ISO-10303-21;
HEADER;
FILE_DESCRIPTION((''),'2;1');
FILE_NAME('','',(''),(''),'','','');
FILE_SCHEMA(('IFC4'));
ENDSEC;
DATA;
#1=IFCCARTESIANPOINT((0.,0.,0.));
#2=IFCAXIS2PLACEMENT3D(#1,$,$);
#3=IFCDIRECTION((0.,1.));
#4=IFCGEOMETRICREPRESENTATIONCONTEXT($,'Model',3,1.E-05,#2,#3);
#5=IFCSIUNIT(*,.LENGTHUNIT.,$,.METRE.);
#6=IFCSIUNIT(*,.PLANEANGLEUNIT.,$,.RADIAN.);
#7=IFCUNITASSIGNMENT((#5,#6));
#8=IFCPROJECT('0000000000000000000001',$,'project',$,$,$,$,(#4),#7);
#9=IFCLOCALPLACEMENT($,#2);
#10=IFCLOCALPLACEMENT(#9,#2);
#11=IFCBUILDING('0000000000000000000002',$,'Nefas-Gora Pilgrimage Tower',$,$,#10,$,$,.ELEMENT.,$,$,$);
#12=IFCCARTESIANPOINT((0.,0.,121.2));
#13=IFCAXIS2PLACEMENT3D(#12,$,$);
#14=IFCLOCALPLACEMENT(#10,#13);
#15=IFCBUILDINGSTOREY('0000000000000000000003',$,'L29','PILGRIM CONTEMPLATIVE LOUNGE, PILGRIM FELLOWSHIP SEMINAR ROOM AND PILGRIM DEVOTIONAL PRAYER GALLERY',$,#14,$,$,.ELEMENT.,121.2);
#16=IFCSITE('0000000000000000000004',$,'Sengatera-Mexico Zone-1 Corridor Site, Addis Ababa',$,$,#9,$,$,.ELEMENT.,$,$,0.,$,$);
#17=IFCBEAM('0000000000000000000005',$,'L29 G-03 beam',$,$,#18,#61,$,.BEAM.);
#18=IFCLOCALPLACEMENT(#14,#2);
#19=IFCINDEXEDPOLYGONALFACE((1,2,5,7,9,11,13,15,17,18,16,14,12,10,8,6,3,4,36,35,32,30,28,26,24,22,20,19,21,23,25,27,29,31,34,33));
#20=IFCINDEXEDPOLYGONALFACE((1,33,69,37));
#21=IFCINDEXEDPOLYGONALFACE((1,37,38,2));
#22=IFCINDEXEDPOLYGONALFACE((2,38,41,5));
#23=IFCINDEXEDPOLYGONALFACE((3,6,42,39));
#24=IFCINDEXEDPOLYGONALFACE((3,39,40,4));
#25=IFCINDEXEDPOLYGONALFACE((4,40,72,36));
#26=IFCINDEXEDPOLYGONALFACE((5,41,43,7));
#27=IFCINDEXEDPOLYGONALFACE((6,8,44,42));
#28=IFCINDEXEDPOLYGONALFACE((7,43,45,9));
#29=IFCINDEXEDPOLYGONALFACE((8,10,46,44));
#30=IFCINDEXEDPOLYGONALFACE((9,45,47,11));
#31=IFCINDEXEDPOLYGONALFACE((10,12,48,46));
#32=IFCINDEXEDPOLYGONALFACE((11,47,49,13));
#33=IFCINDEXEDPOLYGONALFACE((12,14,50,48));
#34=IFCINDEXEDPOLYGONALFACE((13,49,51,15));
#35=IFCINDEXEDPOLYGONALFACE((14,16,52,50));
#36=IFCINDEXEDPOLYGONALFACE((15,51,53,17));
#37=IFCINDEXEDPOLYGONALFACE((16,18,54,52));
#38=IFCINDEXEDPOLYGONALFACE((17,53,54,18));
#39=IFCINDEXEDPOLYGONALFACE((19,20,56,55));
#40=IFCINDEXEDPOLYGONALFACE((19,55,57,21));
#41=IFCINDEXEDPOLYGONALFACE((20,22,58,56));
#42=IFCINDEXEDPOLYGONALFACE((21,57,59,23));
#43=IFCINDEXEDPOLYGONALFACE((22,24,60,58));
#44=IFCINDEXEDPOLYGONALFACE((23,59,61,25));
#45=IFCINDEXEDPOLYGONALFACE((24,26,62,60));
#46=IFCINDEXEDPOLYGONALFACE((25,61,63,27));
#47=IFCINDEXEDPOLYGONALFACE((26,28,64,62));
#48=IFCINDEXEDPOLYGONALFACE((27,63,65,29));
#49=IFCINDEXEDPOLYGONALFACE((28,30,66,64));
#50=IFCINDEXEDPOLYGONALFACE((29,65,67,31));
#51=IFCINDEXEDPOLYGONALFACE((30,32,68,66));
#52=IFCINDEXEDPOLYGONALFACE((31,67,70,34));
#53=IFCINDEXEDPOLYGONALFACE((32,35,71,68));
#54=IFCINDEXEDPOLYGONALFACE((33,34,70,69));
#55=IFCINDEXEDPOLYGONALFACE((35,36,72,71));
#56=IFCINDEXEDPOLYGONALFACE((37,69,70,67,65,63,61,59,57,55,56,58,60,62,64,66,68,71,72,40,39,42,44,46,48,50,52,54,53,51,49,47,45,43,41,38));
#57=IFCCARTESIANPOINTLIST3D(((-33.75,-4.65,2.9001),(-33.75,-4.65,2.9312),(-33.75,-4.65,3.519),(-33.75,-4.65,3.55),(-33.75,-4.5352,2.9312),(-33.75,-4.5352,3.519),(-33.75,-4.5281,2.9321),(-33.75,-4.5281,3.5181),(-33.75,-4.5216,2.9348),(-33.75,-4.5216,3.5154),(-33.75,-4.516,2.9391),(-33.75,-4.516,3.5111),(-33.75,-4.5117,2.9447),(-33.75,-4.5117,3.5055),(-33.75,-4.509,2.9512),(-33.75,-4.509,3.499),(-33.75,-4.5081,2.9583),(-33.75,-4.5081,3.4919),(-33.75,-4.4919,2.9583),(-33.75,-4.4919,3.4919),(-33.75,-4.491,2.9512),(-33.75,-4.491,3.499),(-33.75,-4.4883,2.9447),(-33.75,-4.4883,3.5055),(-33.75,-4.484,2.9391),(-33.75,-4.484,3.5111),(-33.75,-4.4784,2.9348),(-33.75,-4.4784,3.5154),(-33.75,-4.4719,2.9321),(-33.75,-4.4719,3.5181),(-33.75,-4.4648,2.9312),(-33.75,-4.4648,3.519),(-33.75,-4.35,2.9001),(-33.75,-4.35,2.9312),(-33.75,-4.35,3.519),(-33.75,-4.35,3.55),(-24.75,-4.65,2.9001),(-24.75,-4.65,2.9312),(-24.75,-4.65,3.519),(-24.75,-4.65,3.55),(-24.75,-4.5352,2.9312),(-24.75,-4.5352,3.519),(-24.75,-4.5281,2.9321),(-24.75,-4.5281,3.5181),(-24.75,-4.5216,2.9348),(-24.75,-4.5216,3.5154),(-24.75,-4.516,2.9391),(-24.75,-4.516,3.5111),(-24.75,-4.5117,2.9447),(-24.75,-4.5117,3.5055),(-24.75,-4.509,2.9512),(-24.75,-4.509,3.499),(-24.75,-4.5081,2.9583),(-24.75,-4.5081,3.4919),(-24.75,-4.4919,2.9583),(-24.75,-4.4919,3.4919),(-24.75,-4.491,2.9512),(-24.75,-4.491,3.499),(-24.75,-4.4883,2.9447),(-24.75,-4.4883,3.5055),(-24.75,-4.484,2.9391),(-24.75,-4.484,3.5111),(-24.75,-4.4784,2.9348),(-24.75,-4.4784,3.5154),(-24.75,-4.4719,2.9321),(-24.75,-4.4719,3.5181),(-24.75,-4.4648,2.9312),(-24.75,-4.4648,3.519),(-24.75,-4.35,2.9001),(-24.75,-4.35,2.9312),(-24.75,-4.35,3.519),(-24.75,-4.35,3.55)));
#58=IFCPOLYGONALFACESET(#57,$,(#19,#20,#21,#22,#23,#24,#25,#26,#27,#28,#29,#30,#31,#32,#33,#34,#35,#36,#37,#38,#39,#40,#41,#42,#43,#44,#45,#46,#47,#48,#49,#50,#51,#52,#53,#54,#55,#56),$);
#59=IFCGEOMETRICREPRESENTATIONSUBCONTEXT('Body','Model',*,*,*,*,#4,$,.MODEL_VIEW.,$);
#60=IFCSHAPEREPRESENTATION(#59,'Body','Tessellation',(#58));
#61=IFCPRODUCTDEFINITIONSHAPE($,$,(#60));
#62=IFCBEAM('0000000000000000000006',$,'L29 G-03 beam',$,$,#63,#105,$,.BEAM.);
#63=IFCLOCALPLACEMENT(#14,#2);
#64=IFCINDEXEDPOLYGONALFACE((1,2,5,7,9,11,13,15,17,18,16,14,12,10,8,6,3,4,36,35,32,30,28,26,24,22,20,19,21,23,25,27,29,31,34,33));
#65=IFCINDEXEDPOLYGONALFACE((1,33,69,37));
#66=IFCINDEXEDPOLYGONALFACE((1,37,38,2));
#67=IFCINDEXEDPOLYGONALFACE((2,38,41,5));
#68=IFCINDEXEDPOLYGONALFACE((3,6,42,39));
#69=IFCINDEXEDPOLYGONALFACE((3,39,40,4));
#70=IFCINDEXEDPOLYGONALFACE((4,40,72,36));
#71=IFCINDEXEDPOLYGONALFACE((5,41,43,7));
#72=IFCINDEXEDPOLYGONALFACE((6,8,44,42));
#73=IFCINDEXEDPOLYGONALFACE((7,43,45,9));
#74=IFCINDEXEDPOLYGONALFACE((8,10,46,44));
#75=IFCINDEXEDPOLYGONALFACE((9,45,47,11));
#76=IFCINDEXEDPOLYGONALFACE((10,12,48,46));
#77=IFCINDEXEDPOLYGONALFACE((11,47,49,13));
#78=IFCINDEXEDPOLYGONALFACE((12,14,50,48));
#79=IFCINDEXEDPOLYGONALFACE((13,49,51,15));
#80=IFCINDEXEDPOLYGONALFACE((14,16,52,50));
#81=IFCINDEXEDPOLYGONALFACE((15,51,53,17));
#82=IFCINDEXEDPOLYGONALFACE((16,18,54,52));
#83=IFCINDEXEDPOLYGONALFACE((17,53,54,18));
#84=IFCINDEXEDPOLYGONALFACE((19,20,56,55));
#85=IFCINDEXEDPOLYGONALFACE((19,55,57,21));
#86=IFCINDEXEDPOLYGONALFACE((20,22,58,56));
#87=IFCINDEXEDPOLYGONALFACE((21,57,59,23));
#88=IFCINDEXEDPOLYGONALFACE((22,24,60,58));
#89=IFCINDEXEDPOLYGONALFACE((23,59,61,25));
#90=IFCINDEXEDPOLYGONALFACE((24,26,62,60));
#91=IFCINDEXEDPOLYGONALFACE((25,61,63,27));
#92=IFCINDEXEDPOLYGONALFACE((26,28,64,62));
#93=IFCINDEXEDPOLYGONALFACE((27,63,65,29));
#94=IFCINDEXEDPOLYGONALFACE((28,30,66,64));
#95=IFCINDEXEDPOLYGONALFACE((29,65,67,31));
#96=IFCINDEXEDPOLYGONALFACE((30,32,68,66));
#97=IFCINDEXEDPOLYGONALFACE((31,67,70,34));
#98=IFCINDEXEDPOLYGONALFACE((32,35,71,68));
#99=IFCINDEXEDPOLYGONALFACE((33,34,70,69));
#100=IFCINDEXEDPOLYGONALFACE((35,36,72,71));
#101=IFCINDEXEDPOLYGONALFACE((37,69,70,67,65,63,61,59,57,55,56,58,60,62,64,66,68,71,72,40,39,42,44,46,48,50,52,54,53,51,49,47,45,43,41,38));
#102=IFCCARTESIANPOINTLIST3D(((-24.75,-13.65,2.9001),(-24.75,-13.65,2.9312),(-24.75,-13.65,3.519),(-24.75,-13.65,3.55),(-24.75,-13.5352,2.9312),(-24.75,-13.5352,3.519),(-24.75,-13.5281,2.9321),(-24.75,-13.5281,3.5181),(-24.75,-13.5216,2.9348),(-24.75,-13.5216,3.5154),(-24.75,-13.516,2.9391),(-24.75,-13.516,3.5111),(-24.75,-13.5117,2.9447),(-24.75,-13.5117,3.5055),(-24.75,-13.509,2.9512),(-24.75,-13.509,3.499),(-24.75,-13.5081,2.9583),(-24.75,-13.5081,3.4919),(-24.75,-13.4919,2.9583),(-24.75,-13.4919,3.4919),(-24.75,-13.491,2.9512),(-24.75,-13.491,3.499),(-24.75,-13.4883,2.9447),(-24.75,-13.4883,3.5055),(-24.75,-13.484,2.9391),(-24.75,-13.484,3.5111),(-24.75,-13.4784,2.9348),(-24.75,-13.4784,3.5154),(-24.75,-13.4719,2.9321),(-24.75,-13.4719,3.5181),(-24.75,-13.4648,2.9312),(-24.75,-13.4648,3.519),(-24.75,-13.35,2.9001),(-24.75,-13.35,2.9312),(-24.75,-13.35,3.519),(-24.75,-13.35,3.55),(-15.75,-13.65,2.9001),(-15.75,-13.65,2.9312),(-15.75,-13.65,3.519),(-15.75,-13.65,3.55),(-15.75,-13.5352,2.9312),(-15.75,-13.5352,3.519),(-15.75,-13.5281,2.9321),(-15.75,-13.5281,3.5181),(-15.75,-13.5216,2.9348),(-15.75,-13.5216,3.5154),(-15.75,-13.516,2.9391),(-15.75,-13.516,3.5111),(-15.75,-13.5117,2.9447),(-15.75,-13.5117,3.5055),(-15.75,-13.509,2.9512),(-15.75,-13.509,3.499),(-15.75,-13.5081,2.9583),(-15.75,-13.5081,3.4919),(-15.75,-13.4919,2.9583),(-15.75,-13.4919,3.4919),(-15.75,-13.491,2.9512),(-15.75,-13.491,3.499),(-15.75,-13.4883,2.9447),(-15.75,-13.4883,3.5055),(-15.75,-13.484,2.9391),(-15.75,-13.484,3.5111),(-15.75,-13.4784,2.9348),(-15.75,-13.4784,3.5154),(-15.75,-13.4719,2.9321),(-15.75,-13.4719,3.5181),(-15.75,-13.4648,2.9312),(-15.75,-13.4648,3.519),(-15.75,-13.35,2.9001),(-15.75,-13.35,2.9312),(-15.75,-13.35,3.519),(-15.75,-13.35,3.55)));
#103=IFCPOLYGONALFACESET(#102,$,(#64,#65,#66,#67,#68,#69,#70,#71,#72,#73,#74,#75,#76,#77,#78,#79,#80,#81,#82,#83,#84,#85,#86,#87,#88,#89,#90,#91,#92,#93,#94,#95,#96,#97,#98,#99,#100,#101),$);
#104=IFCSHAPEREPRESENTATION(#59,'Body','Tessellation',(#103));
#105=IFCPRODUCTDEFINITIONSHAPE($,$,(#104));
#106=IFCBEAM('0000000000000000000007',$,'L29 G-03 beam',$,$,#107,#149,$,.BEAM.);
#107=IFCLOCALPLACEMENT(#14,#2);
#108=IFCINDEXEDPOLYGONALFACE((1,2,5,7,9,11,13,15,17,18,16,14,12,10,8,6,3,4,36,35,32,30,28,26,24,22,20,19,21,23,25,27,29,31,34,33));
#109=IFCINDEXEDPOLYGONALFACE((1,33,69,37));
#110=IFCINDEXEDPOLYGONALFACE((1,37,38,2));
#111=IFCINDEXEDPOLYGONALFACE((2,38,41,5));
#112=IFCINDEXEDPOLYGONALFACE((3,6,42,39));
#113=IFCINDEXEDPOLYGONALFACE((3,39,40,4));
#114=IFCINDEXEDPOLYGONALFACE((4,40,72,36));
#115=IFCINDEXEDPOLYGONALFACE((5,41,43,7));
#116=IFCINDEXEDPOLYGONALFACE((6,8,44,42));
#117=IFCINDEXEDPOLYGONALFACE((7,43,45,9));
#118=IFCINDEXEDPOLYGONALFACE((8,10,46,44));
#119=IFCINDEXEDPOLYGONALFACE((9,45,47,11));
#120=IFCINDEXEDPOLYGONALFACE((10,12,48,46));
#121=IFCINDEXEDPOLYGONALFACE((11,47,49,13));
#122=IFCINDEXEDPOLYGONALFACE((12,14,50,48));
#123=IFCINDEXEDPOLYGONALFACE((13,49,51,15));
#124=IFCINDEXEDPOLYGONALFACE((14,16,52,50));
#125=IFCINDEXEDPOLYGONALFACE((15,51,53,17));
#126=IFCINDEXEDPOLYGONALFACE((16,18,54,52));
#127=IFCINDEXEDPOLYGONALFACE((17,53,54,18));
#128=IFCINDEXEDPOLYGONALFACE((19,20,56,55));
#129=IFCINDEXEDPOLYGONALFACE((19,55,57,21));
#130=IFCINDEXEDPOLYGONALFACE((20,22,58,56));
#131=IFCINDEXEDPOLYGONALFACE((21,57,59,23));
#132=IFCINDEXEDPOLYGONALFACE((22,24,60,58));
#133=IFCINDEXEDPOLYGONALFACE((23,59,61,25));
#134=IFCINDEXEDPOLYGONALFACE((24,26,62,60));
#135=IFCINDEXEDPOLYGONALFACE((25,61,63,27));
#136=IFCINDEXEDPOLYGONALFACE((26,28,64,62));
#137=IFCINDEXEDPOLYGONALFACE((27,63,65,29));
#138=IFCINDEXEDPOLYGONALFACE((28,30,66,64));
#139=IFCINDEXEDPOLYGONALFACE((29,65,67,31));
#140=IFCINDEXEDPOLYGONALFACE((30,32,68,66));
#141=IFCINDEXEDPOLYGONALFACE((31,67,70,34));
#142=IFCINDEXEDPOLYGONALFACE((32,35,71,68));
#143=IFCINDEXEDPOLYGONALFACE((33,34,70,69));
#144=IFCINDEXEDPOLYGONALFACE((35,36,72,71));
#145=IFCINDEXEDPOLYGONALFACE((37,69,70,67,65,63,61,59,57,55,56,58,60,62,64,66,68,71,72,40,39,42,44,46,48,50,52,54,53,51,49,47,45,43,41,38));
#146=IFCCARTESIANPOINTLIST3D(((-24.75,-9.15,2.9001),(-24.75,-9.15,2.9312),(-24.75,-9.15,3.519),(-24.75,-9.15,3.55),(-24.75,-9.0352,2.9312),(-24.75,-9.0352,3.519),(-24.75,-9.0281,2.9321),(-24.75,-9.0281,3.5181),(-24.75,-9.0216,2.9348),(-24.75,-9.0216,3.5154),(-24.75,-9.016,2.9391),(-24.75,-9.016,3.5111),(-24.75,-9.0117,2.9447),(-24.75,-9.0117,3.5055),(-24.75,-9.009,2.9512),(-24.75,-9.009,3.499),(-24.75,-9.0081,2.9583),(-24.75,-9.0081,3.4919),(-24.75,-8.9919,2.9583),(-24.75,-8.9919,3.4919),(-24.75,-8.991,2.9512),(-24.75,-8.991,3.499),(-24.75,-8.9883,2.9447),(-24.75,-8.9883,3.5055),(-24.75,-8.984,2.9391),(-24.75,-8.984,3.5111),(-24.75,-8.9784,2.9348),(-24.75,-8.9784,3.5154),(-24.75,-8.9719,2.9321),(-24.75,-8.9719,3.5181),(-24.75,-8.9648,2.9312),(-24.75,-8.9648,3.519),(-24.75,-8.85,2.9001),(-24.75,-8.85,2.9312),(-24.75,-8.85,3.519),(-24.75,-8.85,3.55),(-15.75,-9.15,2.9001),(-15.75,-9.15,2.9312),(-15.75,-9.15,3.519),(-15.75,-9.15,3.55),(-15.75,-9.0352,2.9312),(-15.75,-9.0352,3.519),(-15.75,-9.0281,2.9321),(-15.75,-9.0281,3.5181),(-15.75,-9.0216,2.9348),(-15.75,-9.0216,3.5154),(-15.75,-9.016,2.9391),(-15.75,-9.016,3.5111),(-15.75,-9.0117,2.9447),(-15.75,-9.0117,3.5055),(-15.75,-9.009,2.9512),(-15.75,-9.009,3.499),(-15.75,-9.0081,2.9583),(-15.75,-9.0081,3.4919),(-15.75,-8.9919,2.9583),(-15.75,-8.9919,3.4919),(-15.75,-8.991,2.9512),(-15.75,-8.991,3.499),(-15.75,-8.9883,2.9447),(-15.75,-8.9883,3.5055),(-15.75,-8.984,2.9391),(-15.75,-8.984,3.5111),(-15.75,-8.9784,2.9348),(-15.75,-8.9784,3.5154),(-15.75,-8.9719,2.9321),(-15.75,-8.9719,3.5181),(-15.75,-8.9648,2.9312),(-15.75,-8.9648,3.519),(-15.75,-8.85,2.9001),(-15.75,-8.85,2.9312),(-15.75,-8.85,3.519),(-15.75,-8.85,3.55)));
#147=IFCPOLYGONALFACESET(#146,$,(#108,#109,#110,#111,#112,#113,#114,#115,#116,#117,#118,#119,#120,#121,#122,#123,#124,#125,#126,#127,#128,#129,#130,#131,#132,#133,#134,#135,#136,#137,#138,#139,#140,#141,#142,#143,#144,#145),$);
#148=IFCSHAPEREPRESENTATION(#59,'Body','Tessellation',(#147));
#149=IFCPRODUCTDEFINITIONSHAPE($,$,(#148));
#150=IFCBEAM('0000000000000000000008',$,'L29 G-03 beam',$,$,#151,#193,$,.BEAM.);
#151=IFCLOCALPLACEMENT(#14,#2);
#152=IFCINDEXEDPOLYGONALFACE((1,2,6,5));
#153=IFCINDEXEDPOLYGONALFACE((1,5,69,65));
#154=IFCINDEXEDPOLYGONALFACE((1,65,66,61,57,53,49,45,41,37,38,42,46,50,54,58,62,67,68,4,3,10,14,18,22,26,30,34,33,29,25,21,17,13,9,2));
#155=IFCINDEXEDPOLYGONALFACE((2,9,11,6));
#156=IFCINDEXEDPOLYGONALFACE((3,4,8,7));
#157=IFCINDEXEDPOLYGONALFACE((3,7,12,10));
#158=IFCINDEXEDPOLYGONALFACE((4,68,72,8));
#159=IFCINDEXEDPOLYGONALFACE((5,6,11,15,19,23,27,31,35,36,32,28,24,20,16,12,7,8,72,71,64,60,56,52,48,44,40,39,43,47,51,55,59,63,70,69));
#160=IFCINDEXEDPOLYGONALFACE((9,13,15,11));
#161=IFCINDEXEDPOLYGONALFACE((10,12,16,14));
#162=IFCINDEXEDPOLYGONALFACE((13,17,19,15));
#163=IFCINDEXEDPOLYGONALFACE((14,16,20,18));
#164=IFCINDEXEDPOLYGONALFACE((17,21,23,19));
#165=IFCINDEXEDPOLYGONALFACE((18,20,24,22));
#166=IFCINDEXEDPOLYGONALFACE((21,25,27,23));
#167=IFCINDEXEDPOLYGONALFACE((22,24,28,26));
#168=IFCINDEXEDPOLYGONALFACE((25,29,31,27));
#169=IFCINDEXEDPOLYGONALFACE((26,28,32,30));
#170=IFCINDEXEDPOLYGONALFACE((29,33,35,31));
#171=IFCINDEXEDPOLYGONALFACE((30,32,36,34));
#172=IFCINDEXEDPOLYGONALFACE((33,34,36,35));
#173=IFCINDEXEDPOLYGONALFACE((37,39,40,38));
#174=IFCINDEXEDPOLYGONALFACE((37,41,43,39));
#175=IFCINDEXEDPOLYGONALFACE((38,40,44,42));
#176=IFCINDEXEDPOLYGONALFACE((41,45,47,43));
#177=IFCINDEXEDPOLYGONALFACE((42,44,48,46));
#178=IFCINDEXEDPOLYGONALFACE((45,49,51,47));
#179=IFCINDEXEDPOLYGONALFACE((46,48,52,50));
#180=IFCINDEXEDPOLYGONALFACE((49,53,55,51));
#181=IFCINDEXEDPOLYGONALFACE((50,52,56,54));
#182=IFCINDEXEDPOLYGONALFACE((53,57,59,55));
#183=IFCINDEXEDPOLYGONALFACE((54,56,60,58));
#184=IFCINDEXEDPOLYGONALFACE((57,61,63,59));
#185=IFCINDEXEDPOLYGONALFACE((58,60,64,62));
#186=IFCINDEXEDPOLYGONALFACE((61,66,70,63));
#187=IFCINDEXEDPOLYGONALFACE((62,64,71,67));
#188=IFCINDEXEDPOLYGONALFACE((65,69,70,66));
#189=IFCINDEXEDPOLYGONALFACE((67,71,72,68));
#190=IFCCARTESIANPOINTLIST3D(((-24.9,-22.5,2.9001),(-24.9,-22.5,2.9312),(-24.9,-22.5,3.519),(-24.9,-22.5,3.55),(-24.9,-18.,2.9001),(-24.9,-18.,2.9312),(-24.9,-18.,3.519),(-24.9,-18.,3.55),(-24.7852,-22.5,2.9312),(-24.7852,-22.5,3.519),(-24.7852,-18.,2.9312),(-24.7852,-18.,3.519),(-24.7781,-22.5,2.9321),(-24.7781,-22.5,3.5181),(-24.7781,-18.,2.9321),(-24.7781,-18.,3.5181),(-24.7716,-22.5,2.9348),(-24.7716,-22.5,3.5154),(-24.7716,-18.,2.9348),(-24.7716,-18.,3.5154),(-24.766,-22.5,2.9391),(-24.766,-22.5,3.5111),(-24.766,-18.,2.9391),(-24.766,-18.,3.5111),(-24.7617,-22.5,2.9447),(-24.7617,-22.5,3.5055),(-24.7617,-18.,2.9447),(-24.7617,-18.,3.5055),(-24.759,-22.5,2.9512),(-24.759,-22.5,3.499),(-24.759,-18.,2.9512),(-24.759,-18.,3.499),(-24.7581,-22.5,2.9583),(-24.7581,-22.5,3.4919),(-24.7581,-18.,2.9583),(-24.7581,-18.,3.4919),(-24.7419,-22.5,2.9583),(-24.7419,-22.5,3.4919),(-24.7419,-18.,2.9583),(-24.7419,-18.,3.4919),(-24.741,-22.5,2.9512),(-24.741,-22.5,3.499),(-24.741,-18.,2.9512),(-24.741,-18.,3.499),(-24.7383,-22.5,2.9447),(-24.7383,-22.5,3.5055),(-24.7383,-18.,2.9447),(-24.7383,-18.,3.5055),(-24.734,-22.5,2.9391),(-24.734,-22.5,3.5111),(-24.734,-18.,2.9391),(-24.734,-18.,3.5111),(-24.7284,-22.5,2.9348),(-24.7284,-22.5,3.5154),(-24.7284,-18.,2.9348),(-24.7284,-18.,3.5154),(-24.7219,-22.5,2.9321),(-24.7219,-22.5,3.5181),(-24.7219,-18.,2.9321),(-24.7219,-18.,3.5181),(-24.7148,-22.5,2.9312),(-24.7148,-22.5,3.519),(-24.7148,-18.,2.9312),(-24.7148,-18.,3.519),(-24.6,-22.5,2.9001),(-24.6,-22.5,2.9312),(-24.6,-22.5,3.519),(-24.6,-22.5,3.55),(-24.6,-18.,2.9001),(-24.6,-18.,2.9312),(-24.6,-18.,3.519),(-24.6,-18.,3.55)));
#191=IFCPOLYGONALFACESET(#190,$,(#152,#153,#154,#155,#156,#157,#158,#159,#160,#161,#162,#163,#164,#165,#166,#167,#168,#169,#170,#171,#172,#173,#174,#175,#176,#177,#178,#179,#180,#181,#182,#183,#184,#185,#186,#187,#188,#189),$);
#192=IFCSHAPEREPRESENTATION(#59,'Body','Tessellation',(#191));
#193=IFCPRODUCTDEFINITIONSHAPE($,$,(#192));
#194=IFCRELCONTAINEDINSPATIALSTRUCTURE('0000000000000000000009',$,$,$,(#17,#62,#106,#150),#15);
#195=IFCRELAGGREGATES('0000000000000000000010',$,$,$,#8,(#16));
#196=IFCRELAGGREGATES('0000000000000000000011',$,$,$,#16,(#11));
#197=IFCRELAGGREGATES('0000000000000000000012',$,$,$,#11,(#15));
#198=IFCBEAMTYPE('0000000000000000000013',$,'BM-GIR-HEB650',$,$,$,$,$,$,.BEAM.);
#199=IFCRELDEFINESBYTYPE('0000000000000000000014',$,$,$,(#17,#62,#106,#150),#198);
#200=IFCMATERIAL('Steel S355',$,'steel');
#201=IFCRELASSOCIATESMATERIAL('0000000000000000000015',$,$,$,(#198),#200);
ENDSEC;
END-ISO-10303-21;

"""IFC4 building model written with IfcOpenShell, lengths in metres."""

from ifc_helpers import new_model, si_unit, direction, frame, origin, origin_2d, place, context, subcontext, project, spatial, i_section, extrude, source, transform, mapped, material, material_profile, profile_set, type_object, element, save


model = new_model("IFC4")

# Units and contexts
model_context = context("Model", 3, precision=1e-05, world=origin(), true_north=direction((0.0, 1.0)))
body_context = subcontext(model_context, "Body", "Model", "MODEL_VIEW")
ifc_project = project(units=[si_unit("LENGTHUNIT", "METRE"), si_unit("PLANEANGLEUNIT", "RADIAN")], contexts=[model_context])

# Site, building, storey
site_placement = place(None, origin())
site = spatial("IfcSite", under=ifc_project, at=site_placement, Name="Sengatera-Mexico Zone-1 Corridor Site, Addis Ababa", CompositionType="ELEMENT", RefElevation=0.0)
building_placement = place(site_placement, origin())
building = spatial("IfcBuilding", under=site, at=building_placement, Name="Nefas-Gora Pilgrimage Tower", CompositionType="ELEMENT")
storey_placement = place(building_placement, frame((0.0, 0.0, 121.2)))
storey = spatial("IfcBuildingStorey", under=building, at=storey_placement, Name="L29", Description="PILGRIM CONTEMPLATIVE LOUNGE, PILGRIM FELLOWSHIP SEMINAR ROOM AND PILGRIM DEVOTIONAL PRAYER GALLERY", CompositionType="ELEMENT", Elevation=121.2)

# Beams
ifc_material_1 = material(Name="Steel S355", Category="steel")
ifc_material_profile_1 = material_profile(ifc_material_1, i_section(OverallWidth=0.3, OverallDepth=0.6499, WebThickness=0.0161, FlangeThickness=0.031, FilletRadius=0.0271, at=origin_2d()), Name="HEB 650")
ifc_profile_set_1 = profile_set([ifc_material_profile_1], Name="Steel S355")
beam_type_1 = type_object("IfcBeamType", Name="BM-GIR-HEB650", PredefinedType="BEAM", material=ifc_profile_set_1)
shared_shape_1 = source(origin(), body_context, "Body", "SweptSolid", [
    extrude(i_section(OverallWidth=0.3, OverallDepth=0.6499, WebThickness=0.0161, FlangeThickness=0.031, FilletRadius=0.0271, at=origin_2d()), origin(), (0.0, 0.0, 1.0), 9.0),
])
for number, where, z_axis, x_axis, name in (
    (1, (-33.75, -4.5, 3.2251), (1.0, 0.0, 0.0), (0.0, 1.0, 0.0), "L29 G-03 beam"),
    (2, (-24.75, -13.5, 3.2251), (1.0, 0.0, 0.0), (0.0, 1.0, 0.0), "L29 G-03 beam"),
    (3, (-24.75, -9.0, 3.2251), (1.0, 0.0, 0.0), (0.0, 1.0, 0.0), "L29 G-03 beam"),
):
    element("IfcBeam", number, at=place(storey_placement, frame(where, z_axis=z_axis, x_axis=x_axis)), inside=storey, type_object=beam_type_1, Name=name, PredefinedType="BEAM", context=body_context, shape_type="MappedRepresentation", body=[
        mapped(shared_shape_1, transform((0.0, 0.0, 0.0), x_axis=(1.0, 0.0, 0.0), y_axis=(0.0, 1.0, 0.0), z_axis=(0.0, 0.0, 1.0), scale=1.0)),
    ])
shared_shape_2 = source(origin(), body_context, "Body", "SweptSolid", [
    extrude(i_section(OverallWidth=0.3, OverallDepth=0.6499, WebThickness=0.0161, FlangeThickness=0.031, FilletRadius=0.0271, at=origin_2d()), origin(), (0.0, 0.0, 1.0), 4.5),
])
for number, where, z_axis, x_axis, name in (
    (4, (-24.75, -22.5, 3.2251), (0.0, 1.0, 0.0), (-1.0, 0.0, 0.0), "L29 G-03 beam"),
):
    element("IfcBeam", number, at=place(storey_placement, frame(where, z_axis=z_axis, x_axis=x_axis)), inside=storey, type_object=beam_type_1, Name=name, PredefinedType="BEAM", context=body_context, shape_type="MappedRepresentation", body=[
        mapped(shared_shape_2, transform((0.0, 0.0, 0.0), x_axis=(1.0, 0.0, 0.0), y_axis=(0.0, 1.0, 0.0), z_axis=(0.0, 0.0, 1.0), scale=1.0)),
    ])

save(model, "model.ifc")
